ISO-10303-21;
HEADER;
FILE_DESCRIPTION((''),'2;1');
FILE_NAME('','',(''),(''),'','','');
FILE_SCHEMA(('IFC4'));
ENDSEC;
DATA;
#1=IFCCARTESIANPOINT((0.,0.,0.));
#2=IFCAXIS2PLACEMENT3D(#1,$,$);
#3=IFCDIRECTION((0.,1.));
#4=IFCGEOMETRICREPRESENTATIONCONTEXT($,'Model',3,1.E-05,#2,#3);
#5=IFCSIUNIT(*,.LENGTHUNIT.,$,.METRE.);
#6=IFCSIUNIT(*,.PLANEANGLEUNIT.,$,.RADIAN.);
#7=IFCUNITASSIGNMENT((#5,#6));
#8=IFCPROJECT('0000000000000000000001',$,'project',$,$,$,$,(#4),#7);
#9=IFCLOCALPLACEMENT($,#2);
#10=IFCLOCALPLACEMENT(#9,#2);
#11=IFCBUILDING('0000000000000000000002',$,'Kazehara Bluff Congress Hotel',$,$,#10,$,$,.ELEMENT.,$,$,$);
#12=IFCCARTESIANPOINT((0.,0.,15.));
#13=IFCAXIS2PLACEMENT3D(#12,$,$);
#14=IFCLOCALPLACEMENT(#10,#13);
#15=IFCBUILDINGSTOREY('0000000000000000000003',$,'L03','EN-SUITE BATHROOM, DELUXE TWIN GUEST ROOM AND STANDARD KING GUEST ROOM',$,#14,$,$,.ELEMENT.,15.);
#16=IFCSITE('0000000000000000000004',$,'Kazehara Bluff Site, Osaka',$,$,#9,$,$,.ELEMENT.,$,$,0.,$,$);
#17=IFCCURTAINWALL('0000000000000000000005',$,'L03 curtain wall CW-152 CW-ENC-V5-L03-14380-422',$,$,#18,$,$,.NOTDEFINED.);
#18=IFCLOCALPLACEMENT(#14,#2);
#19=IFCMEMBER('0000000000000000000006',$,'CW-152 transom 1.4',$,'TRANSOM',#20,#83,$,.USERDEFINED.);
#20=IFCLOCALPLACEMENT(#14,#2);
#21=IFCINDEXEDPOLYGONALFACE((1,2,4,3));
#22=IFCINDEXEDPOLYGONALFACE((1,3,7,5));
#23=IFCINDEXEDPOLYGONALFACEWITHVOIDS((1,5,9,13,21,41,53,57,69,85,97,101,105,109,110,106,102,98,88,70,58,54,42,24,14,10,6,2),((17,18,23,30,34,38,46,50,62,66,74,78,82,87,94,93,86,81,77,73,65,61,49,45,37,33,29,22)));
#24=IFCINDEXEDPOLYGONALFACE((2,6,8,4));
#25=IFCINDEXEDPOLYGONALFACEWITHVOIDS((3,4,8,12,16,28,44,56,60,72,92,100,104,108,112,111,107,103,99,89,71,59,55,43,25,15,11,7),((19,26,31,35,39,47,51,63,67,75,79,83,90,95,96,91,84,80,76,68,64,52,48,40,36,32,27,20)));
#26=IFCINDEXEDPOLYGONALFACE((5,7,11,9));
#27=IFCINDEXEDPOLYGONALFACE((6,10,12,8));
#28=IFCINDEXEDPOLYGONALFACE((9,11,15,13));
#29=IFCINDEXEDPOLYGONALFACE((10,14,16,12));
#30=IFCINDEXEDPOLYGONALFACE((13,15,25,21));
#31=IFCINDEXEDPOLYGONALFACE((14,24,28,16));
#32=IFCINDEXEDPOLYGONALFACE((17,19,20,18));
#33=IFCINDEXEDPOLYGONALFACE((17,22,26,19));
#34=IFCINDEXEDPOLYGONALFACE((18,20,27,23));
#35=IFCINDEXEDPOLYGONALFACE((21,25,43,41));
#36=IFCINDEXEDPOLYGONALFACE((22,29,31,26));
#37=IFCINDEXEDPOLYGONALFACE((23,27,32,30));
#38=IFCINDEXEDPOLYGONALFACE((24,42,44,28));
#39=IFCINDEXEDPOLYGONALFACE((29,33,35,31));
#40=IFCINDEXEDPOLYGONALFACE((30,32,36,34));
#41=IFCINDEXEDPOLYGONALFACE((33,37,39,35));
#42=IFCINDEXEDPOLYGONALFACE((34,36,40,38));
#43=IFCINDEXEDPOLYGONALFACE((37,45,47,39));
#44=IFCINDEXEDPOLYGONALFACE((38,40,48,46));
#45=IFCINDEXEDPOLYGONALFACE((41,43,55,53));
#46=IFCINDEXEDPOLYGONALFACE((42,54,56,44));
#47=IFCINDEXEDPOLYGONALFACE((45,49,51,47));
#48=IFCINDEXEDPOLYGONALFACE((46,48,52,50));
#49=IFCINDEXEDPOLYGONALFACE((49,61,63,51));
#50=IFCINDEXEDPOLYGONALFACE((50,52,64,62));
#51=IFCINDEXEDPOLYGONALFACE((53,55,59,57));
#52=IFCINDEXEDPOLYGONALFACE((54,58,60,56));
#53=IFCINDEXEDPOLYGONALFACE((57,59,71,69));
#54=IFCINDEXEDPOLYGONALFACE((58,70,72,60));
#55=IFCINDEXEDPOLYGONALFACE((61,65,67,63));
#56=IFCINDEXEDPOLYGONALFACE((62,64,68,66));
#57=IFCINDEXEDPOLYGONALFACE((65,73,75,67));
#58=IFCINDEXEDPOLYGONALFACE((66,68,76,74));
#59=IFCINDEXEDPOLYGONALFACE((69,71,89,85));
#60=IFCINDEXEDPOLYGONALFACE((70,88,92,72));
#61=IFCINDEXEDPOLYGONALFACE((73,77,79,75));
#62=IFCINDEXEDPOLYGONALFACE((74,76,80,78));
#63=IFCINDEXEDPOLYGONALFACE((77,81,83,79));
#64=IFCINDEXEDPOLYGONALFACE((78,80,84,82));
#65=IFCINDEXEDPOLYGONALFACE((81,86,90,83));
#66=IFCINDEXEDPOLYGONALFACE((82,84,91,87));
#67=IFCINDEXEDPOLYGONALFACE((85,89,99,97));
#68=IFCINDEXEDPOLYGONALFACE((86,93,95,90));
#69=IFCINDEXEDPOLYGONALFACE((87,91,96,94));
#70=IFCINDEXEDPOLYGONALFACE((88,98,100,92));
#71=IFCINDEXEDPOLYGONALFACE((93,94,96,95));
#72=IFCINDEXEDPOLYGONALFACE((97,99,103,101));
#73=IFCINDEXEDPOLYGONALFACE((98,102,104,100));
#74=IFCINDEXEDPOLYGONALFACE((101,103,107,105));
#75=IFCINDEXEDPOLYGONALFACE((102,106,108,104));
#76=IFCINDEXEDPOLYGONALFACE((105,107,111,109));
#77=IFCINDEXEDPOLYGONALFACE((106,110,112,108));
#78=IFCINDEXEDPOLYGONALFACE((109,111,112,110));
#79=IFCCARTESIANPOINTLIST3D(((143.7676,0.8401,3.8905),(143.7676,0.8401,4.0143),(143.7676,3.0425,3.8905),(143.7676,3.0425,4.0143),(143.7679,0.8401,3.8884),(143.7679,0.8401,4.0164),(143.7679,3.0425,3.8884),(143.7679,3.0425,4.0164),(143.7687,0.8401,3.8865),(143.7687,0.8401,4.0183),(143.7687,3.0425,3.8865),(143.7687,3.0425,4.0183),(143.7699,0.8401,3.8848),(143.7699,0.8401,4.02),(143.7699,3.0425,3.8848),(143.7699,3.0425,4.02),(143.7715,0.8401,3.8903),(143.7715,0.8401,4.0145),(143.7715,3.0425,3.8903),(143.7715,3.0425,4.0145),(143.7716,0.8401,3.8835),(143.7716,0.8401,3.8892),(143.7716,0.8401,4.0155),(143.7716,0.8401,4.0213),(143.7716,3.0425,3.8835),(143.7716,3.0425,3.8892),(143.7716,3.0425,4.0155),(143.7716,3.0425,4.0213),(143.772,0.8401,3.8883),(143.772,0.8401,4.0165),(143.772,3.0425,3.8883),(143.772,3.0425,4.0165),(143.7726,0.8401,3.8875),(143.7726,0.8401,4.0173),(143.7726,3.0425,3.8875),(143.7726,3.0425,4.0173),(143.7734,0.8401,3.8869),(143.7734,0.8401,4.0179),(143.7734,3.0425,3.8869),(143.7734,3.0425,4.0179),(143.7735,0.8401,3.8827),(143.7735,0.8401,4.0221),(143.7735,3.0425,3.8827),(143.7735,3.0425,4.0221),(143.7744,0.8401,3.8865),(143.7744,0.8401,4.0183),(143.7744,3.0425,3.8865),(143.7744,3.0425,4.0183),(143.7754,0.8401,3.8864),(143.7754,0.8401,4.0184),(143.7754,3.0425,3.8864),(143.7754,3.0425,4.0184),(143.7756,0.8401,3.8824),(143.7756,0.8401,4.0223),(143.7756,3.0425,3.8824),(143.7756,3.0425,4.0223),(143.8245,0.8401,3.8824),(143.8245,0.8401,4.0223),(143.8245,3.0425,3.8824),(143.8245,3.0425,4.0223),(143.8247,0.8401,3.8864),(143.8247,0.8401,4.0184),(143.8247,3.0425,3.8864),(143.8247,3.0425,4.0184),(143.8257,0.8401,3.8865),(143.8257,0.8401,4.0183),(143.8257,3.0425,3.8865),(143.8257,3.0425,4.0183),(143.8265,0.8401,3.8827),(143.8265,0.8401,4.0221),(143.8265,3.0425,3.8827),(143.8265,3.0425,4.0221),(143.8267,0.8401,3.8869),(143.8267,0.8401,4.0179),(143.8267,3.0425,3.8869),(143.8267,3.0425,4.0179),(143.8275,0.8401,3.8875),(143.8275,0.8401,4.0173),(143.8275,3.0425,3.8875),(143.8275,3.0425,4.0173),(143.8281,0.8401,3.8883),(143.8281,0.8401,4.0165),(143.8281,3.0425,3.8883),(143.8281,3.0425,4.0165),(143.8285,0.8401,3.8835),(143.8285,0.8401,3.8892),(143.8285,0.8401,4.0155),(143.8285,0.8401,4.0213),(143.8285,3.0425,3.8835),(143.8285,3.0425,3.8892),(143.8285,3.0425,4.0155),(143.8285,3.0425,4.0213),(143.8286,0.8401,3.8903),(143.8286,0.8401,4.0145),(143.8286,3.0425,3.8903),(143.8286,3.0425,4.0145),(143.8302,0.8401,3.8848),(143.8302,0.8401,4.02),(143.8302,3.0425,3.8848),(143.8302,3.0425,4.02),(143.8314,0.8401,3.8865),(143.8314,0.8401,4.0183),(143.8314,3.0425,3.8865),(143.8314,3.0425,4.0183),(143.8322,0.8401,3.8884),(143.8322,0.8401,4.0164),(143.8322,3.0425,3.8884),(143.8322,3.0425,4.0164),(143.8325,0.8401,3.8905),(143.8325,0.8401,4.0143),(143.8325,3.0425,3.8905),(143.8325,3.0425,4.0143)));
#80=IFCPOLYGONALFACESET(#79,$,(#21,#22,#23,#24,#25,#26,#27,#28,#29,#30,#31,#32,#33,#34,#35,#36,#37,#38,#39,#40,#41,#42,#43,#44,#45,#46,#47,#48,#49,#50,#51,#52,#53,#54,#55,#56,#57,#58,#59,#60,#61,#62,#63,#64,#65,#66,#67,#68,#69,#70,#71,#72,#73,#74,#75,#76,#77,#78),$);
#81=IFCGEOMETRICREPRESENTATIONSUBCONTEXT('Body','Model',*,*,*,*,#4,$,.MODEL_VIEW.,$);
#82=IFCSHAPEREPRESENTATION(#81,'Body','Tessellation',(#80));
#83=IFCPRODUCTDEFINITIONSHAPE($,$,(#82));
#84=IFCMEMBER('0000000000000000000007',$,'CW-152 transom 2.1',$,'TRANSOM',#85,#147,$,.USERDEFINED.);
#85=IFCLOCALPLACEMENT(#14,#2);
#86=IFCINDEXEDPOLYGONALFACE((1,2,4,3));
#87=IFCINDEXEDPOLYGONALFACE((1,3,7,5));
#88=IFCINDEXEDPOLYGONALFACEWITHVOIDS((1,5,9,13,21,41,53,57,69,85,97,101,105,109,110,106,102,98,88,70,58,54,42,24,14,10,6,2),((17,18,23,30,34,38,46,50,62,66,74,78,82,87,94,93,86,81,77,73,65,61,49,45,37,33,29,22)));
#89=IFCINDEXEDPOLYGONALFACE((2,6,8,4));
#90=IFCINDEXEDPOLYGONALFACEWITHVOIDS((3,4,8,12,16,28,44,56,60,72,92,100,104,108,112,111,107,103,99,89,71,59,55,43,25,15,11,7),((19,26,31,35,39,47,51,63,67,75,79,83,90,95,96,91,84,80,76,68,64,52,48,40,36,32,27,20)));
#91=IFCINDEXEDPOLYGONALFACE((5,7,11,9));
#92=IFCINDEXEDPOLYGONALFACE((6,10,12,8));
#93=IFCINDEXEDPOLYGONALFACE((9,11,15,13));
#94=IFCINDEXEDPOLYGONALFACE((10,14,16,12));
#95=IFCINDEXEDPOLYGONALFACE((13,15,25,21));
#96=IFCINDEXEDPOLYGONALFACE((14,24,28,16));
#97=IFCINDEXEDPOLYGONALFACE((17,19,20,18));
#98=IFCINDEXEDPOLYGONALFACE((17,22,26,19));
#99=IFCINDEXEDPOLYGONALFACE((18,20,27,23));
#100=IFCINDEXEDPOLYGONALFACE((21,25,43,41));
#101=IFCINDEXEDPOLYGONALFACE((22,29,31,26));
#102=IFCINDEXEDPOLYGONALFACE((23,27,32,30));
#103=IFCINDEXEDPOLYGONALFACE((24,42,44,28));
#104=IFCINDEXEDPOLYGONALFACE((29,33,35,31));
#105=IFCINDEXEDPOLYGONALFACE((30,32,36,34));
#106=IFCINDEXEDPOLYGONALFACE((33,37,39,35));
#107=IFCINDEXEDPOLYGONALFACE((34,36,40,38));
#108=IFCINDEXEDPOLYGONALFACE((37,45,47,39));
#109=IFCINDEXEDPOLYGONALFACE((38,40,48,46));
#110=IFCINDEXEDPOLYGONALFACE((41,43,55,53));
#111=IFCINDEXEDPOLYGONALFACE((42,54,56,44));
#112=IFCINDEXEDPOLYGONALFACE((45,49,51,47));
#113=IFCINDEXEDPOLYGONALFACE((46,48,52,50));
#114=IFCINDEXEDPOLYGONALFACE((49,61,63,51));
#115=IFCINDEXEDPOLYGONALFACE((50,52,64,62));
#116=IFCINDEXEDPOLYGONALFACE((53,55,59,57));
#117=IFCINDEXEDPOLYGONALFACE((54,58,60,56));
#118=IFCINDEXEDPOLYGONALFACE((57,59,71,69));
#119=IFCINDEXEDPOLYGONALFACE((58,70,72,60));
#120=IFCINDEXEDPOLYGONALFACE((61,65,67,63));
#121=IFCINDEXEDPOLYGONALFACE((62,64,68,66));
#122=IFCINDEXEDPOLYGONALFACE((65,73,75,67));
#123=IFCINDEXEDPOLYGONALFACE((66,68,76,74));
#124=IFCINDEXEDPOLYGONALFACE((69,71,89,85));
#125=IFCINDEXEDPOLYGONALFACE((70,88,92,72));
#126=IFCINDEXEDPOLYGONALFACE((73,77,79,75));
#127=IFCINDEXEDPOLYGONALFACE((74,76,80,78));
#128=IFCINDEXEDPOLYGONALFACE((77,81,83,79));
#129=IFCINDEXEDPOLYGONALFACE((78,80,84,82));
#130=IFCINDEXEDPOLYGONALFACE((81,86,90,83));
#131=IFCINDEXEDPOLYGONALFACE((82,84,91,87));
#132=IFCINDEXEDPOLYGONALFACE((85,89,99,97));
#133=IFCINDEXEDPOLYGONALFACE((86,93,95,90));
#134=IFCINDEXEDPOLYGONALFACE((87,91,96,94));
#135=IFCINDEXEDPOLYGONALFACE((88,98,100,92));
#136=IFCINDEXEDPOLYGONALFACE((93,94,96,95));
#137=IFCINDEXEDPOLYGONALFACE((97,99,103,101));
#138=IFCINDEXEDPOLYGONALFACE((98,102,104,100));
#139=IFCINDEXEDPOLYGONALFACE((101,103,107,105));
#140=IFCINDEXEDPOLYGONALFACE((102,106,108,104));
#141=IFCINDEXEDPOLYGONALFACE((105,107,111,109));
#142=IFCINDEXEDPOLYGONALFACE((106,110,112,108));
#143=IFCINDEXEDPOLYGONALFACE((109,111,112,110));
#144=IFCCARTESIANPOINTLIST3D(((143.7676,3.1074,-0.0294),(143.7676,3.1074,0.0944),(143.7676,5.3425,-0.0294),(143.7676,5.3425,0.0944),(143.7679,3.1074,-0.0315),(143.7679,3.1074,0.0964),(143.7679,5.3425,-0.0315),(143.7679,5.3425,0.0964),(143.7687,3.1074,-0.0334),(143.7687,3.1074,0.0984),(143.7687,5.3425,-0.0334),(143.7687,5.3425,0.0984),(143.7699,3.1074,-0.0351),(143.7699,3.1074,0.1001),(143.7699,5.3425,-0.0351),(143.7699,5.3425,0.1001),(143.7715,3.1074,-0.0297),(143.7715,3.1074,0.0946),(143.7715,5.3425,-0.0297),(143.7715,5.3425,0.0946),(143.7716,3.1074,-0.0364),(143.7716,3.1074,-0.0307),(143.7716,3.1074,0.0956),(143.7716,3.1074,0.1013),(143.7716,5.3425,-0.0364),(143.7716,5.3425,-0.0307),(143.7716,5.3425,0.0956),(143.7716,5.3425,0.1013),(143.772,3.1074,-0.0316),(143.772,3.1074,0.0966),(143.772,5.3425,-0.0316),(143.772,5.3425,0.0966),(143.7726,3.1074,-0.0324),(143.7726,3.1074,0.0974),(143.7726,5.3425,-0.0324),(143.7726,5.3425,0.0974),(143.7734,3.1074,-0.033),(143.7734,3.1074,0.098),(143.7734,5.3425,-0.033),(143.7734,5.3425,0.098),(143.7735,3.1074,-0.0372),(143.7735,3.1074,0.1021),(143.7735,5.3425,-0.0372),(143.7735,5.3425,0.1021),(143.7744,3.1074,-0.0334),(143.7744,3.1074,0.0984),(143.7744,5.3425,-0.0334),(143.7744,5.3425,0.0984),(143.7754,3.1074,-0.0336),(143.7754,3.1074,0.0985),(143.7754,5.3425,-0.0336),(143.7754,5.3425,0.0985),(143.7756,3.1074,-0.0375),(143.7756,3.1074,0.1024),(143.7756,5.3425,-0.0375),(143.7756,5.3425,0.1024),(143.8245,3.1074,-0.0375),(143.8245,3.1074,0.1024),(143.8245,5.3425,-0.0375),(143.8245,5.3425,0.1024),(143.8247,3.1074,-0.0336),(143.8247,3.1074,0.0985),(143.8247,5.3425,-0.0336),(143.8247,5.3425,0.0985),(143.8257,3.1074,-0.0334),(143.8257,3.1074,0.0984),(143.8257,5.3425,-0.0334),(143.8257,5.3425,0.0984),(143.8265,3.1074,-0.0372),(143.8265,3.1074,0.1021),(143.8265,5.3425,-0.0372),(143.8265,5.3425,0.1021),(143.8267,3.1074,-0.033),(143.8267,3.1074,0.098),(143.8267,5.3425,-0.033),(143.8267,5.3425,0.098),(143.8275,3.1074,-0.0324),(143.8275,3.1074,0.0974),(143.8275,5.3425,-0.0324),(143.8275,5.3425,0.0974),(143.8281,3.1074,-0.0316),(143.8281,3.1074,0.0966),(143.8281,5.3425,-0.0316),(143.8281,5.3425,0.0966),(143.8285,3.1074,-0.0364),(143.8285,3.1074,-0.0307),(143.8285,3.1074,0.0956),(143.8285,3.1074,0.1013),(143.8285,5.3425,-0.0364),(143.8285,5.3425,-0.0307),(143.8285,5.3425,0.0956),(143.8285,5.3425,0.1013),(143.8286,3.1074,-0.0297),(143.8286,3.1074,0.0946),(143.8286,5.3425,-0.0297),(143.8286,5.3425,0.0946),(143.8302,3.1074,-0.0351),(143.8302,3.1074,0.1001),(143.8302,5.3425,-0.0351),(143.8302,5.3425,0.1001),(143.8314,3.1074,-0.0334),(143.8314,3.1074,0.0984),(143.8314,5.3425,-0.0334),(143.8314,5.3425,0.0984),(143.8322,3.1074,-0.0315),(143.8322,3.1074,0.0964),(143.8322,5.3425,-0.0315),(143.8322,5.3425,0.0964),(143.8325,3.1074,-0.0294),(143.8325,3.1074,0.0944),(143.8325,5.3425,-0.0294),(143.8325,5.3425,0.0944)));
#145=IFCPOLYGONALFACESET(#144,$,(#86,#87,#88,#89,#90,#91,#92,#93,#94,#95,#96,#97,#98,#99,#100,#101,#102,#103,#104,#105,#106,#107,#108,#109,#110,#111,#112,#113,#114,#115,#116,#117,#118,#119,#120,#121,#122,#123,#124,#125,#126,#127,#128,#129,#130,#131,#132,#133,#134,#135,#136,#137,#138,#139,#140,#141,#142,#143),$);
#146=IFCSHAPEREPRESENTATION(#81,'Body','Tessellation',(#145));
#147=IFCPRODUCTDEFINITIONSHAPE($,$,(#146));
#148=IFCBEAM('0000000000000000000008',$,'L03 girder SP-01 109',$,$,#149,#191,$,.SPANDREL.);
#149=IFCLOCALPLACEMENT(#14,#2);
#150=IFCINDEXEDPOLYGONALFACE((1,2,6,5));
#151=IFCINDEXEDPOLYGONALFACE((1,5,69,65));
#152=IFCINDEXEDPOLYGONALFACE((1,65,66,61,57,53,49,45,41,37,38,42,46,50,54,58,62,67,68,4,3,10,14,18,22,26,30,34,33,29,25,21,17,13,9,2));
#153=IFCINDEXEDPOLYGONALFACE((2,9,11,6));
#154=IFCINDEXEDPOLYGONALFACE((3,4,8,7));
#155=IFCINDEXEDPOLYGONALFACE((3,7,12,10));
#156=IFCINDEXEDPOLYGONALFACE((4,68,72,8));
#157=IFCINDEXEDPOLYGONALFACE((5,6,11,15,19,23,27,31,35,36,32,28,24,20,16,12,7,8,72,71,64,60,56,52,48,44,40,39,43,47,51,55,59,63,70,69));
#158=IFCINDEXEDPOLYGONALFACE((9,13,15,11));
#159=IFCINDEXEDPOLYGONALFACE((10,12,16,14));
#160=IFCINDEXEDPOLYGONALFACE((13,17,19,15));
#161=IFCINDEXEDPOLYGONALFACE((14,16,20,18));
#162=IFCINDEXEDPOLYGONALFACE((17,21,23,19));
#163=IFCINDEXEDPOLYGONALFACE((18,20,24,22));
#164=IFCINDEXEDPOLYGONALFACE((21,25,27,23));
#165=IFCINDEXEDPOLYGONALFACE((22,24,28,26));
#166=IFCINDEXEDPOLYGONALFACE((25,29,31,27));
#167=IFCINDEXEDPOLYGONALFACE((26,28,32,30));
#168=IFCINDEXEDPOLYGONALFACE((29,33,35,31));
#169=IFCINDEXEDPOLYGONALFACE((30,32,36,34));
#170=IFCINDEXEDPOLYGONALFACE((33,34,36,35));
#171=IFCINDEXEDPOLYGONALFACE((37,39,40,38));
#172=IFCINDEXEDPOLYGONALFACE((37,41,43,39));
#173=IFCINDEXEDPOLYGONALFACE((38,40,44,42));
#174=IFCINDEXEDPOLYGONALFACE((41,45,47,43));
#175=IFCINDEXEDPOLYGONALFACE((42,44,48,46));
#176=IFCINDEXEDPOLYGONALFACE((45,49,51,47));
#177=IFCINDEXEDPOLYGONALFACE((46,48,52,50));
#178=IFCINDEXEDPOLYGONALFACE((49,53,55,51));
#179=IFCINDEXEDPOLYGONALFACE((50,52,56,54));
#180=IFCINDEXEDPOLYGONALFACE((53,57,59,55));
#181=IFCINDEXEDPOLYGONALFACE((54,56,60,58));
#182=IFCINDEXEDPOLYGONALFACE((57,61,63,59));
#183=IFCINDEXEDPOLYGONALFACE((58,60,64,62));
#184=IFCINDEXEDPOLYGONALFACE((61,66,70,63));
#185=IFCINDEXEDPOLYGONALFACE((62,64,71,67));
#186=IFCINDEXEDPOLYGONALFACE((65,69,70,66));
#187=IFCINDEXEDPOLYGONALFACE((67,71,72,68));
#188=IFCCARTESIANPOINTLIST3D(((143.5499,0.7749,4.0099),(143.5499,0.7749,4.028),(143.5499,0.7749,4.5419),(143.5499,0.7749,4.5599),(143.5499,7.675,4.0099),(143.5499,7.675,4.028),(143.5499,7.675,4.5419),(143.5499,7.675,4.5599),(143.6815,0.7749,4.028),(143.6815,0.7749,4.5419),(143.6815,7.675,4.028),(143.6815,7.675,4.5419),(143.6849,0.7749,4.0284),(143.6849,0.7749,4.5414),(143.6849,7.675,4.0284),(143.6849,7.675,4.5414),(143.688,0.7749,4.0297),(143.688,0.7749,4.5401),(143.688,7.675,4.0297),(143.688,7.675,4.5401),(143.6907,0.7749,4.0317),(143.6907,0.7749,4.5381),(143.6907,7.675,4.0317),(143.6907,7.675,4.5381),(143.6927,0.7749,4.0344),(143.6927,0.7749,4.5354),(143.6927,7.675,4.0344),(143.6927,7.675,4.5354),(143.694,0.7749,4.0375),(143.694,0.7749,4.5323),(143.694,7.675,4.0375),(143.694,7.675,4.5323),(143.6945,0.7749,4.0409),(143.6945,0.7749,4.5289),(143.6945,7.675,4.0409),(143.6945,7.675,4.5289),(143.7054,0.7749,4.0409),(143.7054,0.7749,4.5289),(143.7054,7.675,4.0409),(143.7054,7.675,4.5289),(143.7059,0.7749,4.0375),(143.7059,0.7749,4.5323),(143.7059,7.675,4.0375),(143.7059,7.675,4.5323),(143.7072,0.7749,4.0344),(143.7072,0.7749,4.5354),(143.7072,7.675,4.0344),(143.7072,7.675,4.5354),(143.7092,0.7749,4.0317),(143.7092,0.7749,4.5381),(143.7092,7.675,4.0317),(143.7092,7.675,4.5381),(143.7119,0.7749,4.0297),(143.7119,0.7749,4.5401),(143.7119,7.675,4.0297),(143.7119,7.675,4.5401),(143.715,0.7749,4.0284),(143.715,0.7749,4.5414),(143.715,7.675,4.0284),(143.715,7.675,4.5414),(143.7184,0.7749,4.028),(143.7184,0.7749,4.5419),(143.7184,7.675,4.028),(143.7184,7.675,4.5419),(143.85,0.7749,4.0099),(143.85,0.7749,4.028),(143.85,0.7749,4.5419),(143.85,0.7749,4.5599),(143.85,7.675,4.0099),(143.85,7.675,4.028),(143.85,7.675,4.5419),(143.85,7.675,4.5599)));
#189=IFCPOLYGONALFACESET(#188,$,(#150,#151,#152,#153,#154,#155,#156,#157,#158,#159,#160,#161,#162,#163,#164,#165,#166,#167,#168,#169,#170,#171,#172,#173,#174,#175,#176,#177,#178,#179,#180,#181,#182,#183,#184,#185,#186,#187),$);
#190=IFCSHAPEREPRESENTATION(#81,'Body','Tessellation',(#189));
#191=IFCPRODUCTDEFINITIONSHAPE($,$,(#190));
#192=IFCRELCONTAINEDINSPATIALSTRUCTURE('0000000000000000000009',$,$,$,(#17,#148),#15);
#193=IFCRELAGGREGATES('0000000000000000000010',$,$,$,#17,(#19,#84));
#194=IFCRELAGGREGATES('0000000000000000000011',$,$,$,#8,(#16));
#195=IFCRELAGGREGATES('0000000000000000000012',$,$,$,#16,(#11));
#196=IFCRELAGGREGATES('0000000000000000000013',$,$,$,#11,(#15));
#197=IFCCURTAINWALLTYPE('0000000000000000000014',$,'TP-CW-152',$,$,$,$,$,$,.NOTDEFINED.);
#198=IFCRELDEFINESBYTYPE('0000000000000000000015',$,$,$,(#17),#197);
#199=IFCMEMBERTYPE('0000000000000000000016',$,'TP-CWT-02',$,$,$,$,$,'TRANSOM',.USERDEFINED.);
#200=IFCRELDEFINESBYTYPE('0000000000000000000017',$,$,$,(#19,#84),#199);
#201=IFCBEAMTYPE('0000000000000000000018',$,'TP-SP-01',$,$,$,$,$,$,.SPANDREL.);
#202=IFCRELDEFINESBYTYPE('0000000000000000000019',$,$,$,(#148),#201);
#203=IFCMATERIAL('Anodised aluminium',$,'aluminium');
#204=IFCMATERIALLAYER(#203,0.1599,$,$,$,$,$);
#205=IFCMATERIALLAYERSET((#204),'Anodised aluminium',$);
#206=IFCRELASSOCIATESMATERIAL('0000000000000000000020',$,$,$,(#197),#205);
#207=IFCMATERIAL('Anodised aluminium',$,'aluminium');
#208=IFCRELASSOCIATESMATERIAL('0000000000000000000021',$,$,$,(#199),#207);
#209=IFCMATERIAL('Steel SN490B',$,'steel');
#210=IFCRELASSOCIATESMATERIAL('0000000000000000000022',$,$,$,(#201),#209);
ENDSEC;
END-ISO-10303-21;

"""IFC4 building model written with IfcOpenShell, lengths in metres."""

from ifc_helpers import new_model, si_unit, direction, frame, origin, origin_2d, place, context, subcontext, project, spatial, hollow_rectangle, i_section, extrude, material, layer, layer_set, material_profile, profile_set, type_object, element, aggregate, save


model = new_model("IFC4")

# Units and contexts
model_context = context("Model", 3, precision=1e-05, world=origin(), true_north=direction((0.0, 1.0)))
body_context = subcontext(model_context, "Body", "Model", "MODEL_VIEW")
ifc_project = project(units=[si_unit("LENGTHUNIT", "METRE"), si_unit("PLANEANGLEUNIT", "RADIAN")], contexts=[model_context])

# Site, building, storey
site_placement = place(None, origin())
site = spatial("IfcSite", under=ifc_project, at=site_placement, Name="Kazehara Bluff Site, Osaka", CompositionType="ELEMENT", RefElevation=0.0)
building_placement = place(site_placement, origin())
building = spatial("IfcBuilding", under=site, at=building_placement, Name="Kazehara Bluff Congress Hotel", CompositionType="ELEMENT")
storey_placement = place(building_placement, frame((0.0, 0.0, 15.0)))
storey = spatial("IfcBuildingStorey", under=building, at=storey_placement, Name="L03", Description="EN-SUITE BATHROOM, DELUXE TWIN GUEST ROOM AND STANDARD KING GUEST ROOM", CompositionType="ELEMENT", Elevation=15.0)

# Curtain wall
ifc_material_1 = material(Name="Anodised aluminium", Category="aluminium")
ifc_layer_1 = layer(ifc_material_1, 0.1599)
ifc_layer_set_1 = layer_set([ifc_layer_1], Name="Anodised aluminium")
curtain_wall_type_1 = type_object("IfcCurtainWallType", Name="TP-CW-152", PredefinedType="NOTDEFINED", material=ifc_layer_set_1)
curtain_wall_1_placement = place(storey_placement, origin())
curtain_wall_1 = element("IfcCurtainWall", 1, at=curtain_wall_1_placement, inside=storey, type_object=curtain_wall_type_1, Name="L03 curtain wall CW-152 CW-ENC-V5-L03-14380-422", PredefinedType="NOTDEFINED")

# Members
ifc_material_2 = material(Name="Anodised aluminium", Category="aluminium")
ifc_material_profile_1 = material_profile(ifc_material_2, hollow_rectangle(XDim=0.0649, YDim=0.1399, WallThickness=0.0039, InnerFilletRadius=0.0039, OuterFilletRadius=0.0081, at=origin_2d()))
ifc_profile_set_1 = profile_set([ifc_material_profile_1], Name="Anodised aluminium")
member_type_1 = type_object("IfcMemberType", Name="TP-CWT-02", ElementType="TRANSOM", PredefinedType="USERDEFINED", material=ifc_profile_set_1)
member_1_placement = place(storey_placement, frame((143.8, 0.8401, 3.9524), z_axis=(0.0, 1.0, 0.0), x_axis=(-1.0, 0.0, 0.0)))
member_1 = element("IfcMember", 2, at=member_1_placement, type_object=member_type_1, Name="CW-152 transom 1.4", ObjectType="TRANSOM", PredefinedType="USERDEFINED", context=body_context, shape_type="SweptSolid", body=[
    extrude(hollow_rectangle(XDim=0.0649, YDim=0.1399, WallThickness=0.0039, InnerFilletRadius=0.0039, OuterFilletRadius=0.0081, at=origin_2d()), origin(), (0.0, 0.0, 1.0), 2.2024),
])
member_2_placement = place(storey_placement, frame((143.8, 3.1074, 0.0325), z_axis=(0.0, 1.0, 0.0), x_axis=(-1.0, 0.0, 0.0)))
member_2 = element("IfcMember", 3, at=member_2_placement, type_object=member_type_1, Name="CW-152 transom 2.1", ObjectType="TRANSOM", PredefinedType="USERDEFINED", context=body_context, shape_type="SweptSolid", body=[
    extrude(hollow_rectangle(XDim=0.0649, YDim=0.1399, WallThickness=0.0039, InnerFilletRadius=0.0039, OuterFilletRadius=0.0081, at=origin_2d()), origin(), (0.0, 0.0, 1.0), 2.2351),
])

# Beam
ifc_material_3 = material(Name="Steel SN490B", Category="steel")
ifc_material_profile_2 = material_profile(ifc_material_3, i_section(OverallWidth=0.3, OverallDepth=0.55, WebThickness=0.011, FlangeThickness=0.0181, FilletRadius=0.0129, at=origin_2d()))
ifc_profile_set_2 = profile_set([ifc_material_profile_2], Name="Steel SN490B")
beam_type = type_object("IfcBeamType", Name="TP-SP-01", PredefinedType="SPANDREL", material=ifc_profile_set_2)
beam_1_placement = place(storey_placement, frame((143.7, 0.7749, 4.2849), z_axis=(0.0, 1.0, 0.0), x_axis=(-1.0, 0.0, 0.0)))
element("IfcBeam", 4, at=beam_1_placement, inside=storey, type_object=beam_type, Name="L03 girder SP-01 109", PredefinedType="SPANDREL", context=body_context, shape_type="SweptSolid", body=[
    extrude(i_section(OverallWidth=0.3, OverallDepth=0.55, WebThickness=0.011, FlangeThickness=0.0181, FilletRadius=0.0129, at=origin_2d()), origin(), (0.0, 0.0, 1.0), 6.9001),
])

aggregate(curtain_wall_1, [member_1, member_2])

save(model, "model.ifc")
